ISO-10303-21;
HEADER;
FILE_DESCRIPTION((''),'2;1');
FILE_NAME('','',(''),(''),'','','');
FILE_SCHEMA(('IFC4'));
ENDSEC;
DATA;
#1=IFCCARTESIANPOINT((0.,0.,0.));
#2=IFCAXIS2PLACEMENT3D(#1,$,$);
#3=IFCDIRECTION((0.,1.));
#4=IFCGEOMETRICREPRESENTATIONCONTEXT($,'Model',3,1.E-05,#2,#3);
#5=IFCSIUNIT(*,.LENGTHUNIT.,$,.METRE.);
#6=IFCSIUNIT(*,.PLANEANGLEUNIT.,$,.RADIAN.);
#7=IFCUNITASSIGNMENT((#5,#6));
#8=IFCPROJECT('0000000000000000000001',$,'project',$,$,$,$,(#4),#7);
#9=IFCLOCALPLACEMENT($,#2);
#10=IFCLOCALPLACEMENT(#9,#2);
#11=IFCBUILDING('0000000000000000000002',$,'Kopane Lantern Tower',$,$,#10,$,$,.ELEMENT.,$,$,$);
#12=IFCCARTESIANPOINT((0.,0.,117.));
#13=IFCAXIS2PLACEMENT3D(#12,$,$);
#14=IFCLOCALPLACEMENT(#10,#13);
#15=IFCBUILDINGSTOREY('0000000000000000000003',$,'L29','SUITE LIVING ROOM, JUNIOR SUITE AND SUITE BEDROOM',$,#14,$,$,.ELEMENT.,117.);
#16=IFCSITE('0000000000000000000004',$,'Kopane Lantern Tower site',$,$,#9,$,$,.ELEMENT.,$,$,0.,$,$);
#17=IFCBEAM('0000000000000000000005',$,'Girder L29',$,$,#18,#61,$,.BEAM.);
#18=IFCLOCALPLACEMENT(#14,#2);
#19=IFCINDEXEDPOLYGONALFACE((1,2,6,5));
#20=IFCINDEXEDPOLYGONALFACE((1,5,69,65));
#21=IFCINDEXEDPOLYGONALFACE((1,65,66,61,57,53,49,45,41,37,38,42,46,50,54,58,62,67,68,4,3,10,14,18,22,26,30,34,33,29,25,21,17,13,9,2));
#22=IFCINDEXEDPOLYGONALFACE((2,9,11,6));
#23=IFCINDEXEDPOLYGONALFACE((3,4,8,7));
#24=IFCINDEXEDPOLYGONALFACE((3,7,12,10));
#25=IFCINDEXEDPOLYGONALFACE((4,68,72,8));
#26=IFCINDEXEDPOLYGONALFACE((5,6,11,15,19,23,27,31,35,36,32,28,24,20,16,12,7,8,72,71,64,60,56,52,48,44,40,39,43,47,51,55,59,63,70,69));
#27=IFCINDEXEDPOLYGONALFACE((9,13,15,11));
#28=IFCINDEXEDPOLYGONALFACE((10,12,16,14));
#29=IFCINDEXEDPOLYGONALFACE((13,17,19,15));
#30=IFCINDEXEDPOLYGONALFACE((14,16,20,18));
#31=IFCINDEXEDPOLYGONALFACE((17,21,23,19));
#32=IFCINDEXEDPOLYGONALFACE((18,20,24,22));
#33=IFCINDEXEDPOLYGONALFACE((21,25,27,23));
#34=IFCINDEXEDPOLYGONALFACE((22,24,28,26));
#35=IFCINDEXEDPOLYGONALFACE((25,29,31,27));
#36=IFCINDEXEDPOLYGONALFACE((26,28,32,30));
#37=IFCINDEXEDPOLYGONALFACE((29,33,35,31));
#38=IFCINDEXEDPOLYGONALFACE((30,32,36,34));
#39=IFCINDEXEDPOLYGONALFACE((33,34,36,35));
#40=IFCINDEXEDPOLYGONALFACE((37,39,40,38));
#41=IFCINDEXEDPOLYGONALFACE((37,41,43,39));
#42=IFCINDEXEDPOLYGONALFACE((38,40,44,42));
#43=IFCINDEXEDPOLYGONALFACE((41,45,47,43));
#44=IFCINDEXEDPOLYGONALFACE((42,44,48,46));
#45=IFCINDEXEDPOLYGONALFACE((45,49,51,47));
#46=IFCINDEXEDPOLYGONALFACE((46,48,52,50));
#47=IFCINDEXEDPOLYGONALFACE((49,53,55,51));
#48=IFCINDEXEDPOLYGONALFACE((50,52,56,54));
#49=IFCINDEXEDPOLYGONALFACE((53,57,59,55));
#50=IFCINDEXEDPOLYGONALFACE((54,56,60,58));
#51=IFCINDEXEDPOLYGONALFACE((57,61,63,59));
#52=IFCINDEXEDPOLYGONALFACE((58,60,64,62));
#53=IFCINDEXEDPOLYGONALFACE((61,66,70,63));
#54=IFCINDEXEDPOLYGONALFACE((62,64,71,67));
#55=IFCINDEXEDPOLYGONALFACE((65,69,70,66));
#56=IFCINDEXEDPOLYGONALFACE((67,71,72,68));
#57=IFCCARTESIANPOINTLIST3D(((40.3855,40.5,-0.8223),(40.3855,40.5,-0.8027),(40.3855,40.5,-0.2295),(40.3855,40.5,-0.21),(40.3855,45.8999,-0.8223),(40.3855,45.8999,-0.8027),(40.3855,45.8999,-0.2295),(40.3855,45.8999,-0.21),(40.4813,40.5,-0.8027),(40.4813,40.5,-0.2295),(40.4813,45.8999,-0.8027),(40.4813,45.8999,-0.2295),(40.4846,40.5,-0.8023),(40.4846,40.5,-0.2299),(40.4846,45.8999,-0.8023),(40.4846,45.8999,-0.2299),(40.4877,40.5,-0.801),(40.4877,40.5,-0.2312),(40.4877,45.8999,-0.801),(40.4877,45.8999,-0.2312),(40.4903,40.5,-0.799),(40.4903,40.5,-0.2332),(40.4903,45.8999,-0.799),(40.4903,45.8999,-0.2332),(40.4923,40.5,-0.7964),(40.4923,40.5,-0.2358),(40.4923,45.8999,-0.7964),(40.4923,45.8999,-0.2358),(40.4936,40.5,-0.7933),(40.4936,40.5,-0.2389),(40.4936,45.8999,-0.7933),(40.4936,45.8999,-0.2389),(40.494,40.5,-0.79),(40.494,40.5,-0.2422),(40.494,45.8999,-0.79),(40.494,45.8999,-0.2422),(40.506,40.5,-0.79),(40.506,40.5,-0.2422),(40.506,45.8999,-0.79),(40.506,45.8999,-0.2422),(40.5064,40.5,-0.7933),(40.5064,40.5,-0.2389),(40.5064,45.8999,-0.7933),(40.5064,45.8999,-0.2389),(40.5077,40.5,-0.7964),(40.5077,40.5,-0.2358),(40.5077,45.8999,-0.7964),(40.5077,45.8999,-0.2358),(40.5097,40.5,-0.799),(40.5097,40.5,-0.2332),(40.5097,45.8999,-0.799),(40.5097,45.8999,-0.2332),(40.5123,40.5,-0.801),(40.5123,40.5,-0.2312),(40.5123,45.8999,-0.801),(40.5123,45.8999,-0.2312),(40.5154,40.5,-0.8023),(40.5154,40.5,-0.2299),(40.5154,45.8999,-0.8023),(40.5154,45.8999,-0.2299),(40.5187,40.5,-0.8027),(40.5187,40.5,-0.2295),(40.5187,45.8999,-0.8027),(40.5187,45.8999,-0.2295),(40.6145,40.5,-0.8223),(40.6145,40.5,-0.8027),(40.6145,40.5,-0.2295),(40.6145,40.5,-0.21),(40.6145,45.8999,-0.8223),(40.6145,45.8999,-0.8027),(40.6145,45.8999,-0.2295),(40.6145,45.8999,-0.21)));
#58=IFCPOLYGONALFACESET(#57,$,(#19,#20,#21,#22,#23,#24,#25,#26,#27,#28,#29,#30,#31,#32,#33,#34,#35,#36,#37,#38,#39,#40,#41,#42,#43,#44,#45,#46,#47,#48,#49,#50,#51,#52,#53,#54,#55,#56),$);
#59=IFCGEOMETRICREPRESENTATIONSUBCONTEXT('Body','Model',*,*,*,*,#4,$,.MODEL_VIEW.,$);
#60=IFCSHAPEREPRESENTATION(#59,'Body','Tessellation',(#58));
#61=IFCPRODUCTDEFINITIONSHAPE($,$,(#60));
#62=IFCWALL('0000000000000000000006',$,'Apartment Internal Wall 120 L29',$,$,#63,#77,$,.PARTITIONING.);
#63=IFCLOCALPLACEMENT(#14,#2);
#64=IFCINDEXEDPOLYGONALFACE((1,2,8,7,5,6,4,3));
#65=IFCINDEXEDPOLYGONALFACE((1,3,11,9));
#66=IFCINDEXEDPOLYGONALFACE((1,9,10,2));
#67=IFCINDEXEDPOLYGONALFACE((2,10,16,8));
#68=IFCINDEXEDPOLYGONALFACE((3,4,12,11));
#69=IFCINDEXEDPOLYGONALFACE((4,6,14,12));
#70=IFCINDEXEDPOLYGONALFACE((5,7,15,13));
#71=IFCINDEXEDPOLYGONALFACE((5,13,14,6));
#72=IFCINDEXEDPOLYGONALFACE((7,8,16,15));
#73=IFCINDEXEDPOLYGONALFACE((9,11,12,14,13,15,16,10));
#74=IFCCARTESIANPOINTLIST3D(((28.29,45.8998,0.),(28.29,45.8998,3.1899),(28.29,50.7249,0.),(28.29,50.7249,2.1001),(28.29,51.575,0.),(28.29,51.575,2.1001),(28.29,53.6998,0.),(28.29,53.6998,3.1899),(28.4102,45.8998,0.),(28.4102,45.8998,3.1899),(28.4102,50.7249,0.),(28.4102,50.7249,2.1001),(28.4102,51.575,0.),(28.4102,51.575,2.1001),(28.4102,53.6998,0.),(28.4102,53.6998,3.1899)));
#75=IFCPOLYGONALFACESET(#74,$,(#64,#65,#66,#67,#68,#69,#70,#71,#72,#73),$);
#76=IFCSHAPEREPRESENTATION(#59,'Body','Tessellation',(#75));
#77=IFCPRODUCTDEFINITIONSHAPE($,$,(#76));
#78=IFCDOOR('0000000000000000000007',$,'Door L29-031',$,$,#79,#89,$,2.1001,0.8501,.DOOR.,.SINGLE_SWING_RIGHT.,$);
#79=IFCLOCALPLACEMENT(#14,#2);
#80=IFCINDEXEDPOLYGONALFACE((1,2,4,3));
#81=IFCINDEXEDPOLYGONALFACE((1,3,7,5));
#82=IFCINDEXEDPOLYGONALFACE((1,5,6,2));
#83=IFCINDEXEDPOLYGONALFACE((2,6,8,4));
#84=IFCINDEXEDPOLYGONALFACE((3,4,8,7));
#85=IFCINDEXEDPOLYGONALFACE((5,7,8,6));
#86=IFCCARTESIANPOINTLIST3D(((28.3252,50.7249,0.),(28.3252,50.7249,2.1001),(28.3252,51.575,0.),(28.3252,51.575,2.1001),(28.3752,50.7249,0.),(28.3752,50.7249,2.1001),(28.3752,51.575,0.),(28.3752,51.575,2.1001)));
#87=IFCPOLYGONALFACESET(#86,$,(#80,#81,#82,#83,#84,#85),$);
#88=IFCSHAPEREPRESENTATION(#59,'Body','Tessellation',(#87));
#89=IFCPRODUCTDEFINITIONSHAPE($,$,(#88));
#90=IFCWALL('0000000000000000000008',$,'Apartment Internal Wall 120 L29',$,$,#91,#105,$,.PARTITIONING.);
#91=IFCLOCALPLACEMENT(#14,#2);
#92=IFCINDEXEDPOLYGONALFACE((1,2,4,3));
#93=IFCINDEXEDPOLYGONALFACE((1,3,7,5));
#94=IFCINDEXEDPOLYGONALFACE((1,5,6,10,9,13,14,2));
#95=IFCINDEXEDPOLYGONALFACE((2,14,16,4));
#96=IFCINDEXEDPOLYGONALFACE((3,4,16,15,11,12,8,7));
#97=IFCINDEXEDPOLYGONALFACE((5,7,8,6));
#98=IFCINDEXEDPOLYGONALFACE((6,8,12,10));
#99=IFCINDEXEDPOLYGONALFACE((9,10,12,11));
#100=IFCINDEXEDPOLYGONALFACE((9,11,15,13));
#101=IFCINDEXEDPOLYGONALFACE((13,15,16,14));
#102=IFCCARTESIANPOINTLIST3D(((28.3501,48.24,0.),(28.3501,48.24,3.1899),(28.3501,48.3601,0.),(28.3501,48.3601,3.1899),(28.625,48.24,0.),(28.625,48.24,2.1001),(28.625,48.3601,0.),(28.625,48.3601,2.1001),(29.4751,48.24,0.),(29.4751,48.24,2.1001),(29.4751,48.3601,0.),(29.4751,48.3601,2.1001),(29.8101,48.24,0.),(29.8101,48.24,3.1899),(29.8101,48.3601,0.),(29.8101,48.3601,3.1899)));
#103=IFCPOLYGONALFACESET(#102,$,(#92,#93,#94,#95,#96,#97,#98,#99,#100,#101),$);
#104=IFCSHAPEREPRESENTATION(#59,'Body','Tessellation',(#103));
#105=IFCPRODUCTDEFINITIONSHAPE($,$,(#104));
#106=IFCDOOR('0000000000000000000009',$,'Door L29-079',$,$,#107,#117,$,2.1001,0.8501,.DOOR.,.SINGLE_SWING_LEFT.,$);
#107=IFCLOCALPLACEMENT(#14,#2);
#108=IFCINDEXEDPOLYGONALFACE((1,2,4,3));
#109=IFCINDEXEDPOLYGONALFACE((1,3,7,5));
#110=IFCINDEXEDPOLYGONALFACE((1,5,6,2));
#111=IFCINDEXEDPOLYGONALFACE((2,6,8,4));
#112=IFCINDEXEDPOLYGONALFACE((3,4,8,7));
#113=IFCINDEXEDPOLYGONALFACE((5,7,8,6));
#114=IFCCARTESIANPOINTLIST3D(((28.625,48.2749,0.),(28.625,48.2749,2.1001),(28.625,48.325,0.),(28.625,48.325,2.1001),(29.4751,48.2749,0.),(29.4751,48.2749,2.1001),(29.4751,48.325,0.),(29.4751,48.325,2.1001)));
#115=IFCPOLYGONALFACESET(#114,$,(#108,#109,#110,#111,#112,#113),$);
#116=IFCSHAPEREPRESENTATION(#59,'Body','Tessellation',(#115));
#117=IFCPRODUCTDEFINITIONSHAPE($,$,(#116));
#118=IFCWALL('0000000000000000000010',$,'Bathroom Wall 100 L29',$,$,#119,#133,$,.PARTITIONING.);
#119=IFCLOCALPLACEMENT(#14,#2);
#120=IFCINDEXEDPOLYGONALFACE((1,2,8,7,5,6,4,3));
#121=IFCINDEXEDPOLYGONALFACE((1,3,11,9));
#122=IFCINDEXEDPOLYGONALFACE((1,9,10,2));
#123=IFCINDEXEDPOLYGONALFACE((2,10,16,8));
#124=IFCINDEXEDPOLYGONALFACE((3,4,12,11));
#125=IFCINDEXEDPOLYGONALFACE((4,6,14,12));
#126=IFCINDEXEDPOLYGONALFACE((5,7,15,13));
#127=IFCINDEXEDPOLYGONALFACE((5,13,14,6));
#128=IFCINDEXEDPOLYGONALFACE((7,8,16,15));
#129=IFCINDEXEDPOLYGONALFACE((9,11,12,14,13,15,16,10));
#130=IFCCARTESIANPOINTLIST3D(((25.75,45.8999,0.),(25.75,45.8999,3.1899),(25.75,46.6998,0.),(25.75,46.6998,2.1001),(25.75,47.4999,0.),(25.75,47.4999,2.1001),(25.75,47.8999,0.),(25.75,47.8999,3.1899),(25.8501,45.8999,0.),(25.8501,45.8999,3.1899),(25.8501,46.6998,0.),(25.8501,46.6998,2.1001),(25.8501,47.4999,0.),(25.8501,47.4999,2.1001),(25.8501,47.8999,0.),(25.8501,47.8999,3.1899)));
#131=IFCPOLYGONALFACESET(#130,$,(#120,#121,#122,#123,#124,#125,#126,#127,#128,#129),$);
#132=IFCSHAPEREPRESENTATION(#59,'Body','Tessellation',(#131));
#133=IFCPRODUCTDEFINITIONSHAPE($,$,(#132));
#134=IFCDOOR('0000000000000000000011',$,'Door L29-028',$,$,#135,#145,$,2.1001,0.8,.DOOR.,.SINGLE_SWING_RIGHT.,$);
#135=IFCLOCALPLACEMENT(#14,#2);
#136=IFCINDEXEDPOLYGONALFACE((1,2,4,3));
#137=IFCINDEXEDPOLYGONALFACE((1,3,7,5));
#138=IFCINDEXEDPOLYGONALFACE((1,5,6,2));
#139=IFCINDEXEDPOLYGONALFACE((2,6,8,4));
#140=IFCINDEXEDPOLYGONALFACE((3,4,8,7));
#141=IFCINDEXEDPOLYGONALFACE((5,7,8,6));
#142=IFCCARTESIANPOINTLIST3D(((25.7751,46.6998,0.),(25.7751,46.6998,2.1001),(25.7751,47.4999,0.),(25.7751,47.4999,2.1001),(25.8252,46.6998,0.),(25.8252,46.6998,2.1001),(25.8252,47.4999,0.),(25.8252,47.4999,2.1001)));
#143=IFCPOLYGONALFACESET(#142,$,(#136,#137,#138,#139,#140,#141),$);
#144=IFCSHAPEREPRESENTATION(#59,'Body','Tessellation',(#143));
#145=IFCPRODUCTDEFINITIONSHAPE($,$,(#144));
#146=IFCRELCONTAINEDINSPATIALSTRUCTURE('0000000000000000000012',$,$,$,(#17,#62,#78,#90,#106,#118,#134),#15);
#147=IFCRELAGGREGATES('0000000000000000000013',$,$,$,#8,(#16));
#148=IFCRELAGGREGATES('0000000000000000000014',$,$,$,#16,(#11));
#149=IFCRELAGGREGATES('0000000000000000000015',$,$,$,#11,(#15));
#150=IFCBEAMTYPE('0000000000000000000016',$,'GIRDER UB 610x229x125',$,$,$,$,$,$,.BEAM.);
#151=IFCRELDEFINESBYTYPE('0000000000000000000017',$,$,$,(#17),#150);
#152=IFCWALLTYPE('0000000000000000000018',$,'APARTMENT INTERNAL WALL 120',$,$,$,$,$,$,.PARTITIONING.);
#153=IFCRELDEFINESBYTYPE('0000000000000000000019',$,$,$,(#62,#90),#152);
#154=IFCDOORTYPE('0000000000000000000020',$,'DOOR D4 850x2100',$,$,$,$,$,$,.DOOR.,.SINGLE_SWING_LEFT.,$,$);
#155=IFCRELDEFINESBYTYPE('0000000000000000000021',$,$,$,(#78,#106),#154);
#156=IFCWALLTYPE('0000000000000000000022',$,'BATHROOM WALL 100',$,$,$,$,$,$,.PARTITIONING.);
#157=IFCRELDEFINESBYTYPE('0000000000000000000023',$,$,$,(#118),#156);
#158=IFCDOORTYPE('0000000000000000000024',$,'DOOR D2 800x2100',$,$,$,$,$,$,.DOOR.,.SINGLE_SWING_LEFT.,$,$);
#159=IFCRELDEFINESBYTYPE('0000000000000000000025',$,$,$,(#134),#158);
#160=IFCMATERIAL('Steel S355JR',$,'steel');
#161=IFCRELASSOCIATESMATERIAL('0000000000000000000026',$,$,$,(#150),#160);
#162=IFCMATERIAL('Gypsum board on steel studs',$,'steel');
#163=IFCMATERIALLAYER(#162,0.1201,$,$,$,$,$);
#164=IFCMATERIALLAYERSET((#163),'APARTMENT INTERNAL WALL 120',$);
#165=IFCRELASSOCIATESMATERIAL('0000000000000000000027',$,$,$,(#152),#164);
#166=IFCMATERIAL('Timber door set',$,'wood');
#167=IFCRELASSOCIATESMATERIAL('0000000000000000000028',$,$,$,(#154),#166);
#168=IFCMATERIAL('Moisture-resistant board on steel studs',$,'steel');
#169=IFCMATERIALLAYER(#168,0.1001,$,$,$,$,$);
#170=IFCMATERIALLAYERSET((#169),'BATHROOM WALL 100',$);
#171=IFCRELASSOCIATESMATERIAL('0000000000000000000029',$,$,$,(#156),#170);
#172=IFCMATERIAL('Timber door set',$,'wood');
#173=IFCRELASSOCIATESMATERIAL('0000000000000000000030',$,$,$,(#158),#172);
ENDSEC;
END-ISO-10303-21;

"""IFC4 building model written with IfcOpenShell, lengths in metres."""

from ifc_helpers import new_model, si_unit, direction, frame, frame_2d, origin, origin_2d, place, context, subcontext, project, spatial, rectangle, i_section, extrude, material, layer, layer_set, material_profile, profile_set, type_object, element, fill, save


model = new_model("IFC4")

# Units and contexts
model_context = context("Model", 3, precision=1e-05, world=origin(), true_north=direction((0.0, 1.0)))
body_context = subcontext(model_context, "Body", "Model", "MODEL_VIEW")
ifc_project = project(units=[si_unit("LENGTHUNIT", "METRE"), si_unit("PLANEANGLEUNIT", "RADIAN")], contexts=[model_context])

# Site, building, storey
site_placement = place(None, origin())
site = spatial("IfcSite", under=ifc_project, at=site_placement, Name="Kopane Lantern Tower site", CompositionType="ELEMENT", RefElevation=0.0)
building_placement = place(site_placement, origin())
building = spatial("IfcBuilding", under=site, at=building_placement, Name="Kopane Lantern Tower", CompositionType="ELEMENT")
storey_placement = place(building_placement, frame((0.0, 0.0, 117.0)))
storey = spatial("IfcBuildingStorey", under=building, at=storey_placement, Name="L29", Description="SUITE LIVING ROOM, JUNIOR SUITE AND SUITE BEDROOM", CompositionType="ELEMENT", Elevation=117.0)

# Beam
ifc_material_1 = material(Name="Steel S355JR", Category="steel")
ifc_material_profile_1 = material_profile(ifc_material_1, i_section(OverallWidth=0.229, OverallDepth=0.6123, WebThickness=0.012, FlangeThickness=0.0195, FilletRadius=0.0127, at=origin_2d()), Name="UB 610x229x125")
ifc_profile_set_1 = profile_set([ifc_material_profile_1], Name="Steel S355JR")
beam_type = type_object("IfcBeamType", Name="GIRDER UB 610x229x125", PredefinedType="BEAM", material=ifc_profile_set_1)
beam_1_placement = place(storey_placement, frame((40.5, 40.5, -0.5161), z_axis=(0.0, 1.0, 0.0), x_axis=(-1.0, 0.0, 0.0)))
element("IfcBeam", 1, at=beam_1_placement, inside=storey, type_object=beam_type, Name="Girder L29", PredefinedType="BEAM", context=body_context, shape_type="SweptSolid", body=[
    extrude(i_section(OverallWidth=0.229, OverallDepth=0.6123, WebThickness=0.012, FlangeThickness=0.0195, FilletRadius=0.0127, at=origin_2d()), origin(), (0.0, 0.0, 1.0), 5.3999),
])

# Walls, openings, doors
ifc_material_2 = material(Name="Gypsum board on steel studs", Category="steel")
ifc_layer_1 = layer(ifc_material_2, 0.1201)
ifc_layer_set_1 = layer_set([ifc_layer_1], Name="APARTMENT INTERNAL WALL 120")
wall_type_1 = type_object("IfcWallType", Name="APARTMENT INTERNAL WALL 120", PredefinedType="PARTITIONING", material=ifc_layer_set_1)
wall_1_placement = place(storey_placement, frame((28.3501, 45.8999, 0.0), z_axis=(0.0, 0.0, 1.0), x_axis=(0.0, 1.0, 0.0)))
wall_1 = element("IfcWall", 2, at=wall_1_placement, inside=storey, type_object=wall_type_1, Name="Apartment Internal Wall 120 L29", PredefinedType="PARTITIONING", context=body_context, shape_type="SweptSolid", body=[
    extrude(rectangle(XDim=7.8, YDim=0.1201, at=frame_2d((3.8999, 0.0))), origin(), (0.0, 0.0, 1.0), 3.1899),
])
opening_1_placement = place(wall_1_placement, frame((4.825, 0.0, 0.0)))
opening_1 = element("IfcOpeningElement", 3, at=opening_1_placement, cuts=wall_1, PredefinedType="OPENING", context=body_context, shape_type="SweptSolid", body=[
    extrude(rectangle(XDim=0.8501, YDim=2.1001, at=frame_2d((0.425, 1.05))), frame((0.0, 0.0701, 0.0), z_axis=(0.0, -1.0, 0.0), x_axis=(1.0, 0.0, 0.0)), (0.0, 0.0, 1.0), 0.1401),
])
ifc_material_3 = material(Name="Timber door set", Category="wood")
door_type_1 = type_object("IfcDoorType", Name="DOOR D4 850x2100", OperationType="SINGLE_SWING_LEFT", PredefinedType="DOOR", material=ifc_material_3)
door_1_placement = place(opening_1_placement, origin())
door_1 = element("IfcDoor", 4, at=door_1_placement, inside=storey, type_object=door_type_1, Name="Door L29-031", OperationType="SINGLE_SWING_RIGHT", OverallHeight=2.1001, OverallWidth=0.8501, PredefinedType="DOOR", context=body_context, shape_type="SweptSolid", body=[
    extrude(rectangle(XDim=0.8501, YDim=2.1001, at=frame_2d((0.425, 1.05))), frame((0.0, 0.0249, 0.0), z_axis=(0.0, -1.0, 0.0), x_axis=(1.0, 0.0, 0.0)), (0.0, 0.0, 1.0), 0.05),
])
fill(opening_1, door_1)
wall_2_placement = place(storey_placement, frame((28.3501, 48.3, 0.0), z_axis=(0.0, 0.0, 1.0), x_axis=(1.0, 0.0, 0.0)))
wall_2 = element("IfcWall", 5, at=wall_2_placement, inside=storey, type_object=wall_type_1, Name="Apartment Internal Wall 120 L29", PredefinedType="PARTITIONING", context=body_context, shape_type="SweptSolid", body=[
    extrude(rectangle(XDim=1.46, YDim=0.1201, at=frame_2d((0.73, 0.0))), origin(), (0.0, 0.0, 1.0), 3.1899),
])
opening_2_placement = place(wall_2_placement, frame((0.2749, 0.0, 0.0)))
opening_2 = element("IfcOpeningElement", 6, at=opening_2_placement, cuts=wall_2, PredefinedType="OPENING", context=body_context, shape_type="SweptSolid", body=[
    extrude(rectangle(XDim=0.8501, YDim=2.1001, at=frame_2d((0.425, 1.05))), frame((0.0, 0.0701, 0.0), z_axis=(0.0, -1.0, 0.0), x_axis=(1.0, 0.0, 0.0)), (0.0, 0.0, 1.0), 0.1401),
])
door_2_placement = place(opening_2_placement, origin())
door_2 = element("IfcDoor", 7, at=door_2_placement, inside=storey, type_object=door_type_1, Name="Door L29-079", OperationType="SINGLE_SWING_LEFT", OverallHeight=2.1001, OverallWidth=0.8501, PredefinedType="DOOR", context=body_context, shape_type="SweptSolid", body=[
    extrude(rectangle(XDim=0.8501, YDim=2.1001, at=frame_2d((0.425, 1.05))), frame((0.0, 0.0249, 0.0), z_axis=(0.0, -1.0, 0.0), x_axis=(1.0, 0.0, 0.0)), (0.0, 0.0, 1.0), 0.05),
])
fill(opening_2, door_2)
ifc_material_4 = material(Name="Moisture-resistant board on steel studs", Category="steel")
ifc_layer_2 = layer(ifc_material_4, 0.1001)
ifc_layer_set_2 = layer_set([ifc_layer_2], Name="BATHROOM WALL 100")
wall_type_2 = type_object("IfcWallType", Name="BATHROOM WALL 100", PredefinedType="PARTITIONING", material=ifc_layer_set_2)
wall_3_placement = place(storey_placement, frame((25.8, 45.8999, 0.0), z_axis=(0.0, 0.0, 1.0), x_axis=(0.0, 1.0, 0.0)))
wall_3 = element("IfcWall", 8, at=wall_3_placement, inside=storey, type_object=wall_type_2, Name="Bathroom Wall 100 L29", PredefinedType="PARTITIONING", context=body_context, shape_type="SweptSolid", body=[
    extrude(rectangle(XDim=2.0, YDim=0.1001, at=frame_2d((1.0, 0.0))), origin(), (0.0, 0.0, 1.0), 3.1899),
])
opening_3_placement = place(wall_3_placement, frame((0.8, 0.0, 0.0)))
opening_3 = element("IfcOpeningElement", 9, at=opening_3_placement, cuts=wall_3, PredefinedType="OPENING", context=body_context, shape_type="SweptSolid", body=[
    extrude(rectangle(XDim=0.8, YDim=2.1001, at=frame_2d((0.3999, 1.05))), frame((0.0, 0.0601, 0.0), z_axis=(0.0, -1.0, 0.0), x_axis=(1.0, 0.0, 0.0)), (0.0, 0.0, 1.0), 0.1201),
])
ifc_material_5 = material(Name="Timber door set", Category="wood")
door_type_2 = type_object("IfcDoorType", Name="DOOR D2 800x2100", OperationType="SINGLE_SWING_LEFT", PredefinedType="DOOR", material=ifc_material_5)
door_3_placement = place(opening_3_placement, origin())
door_3 = element("IfcDoor", 10, at=door_3_placement, inside=storey, type_object=door_type_2, Name="Door L29-028", OperationType="SINGLE_SWING_RIGHT", OverallHeight=2.1001, OverallWidth=0.8, PredefinedType="DOOR", context=body_context, shape_type="SweptSolid", body=[
    extrude(rectangle(XDim=0.8, YDim=2.1001, at=frame_2d((0.3999, 1.05))), frame((0.0, 0.0249, 0.0), z_axis=(0.0, -1.0, 0.0), x_axis=(1.0, 0.0, 0.0)), (0.0, 0.0, 1.0), 0.05),
])
fill(opening_3, door_3)

save(model, "model.ifc")
